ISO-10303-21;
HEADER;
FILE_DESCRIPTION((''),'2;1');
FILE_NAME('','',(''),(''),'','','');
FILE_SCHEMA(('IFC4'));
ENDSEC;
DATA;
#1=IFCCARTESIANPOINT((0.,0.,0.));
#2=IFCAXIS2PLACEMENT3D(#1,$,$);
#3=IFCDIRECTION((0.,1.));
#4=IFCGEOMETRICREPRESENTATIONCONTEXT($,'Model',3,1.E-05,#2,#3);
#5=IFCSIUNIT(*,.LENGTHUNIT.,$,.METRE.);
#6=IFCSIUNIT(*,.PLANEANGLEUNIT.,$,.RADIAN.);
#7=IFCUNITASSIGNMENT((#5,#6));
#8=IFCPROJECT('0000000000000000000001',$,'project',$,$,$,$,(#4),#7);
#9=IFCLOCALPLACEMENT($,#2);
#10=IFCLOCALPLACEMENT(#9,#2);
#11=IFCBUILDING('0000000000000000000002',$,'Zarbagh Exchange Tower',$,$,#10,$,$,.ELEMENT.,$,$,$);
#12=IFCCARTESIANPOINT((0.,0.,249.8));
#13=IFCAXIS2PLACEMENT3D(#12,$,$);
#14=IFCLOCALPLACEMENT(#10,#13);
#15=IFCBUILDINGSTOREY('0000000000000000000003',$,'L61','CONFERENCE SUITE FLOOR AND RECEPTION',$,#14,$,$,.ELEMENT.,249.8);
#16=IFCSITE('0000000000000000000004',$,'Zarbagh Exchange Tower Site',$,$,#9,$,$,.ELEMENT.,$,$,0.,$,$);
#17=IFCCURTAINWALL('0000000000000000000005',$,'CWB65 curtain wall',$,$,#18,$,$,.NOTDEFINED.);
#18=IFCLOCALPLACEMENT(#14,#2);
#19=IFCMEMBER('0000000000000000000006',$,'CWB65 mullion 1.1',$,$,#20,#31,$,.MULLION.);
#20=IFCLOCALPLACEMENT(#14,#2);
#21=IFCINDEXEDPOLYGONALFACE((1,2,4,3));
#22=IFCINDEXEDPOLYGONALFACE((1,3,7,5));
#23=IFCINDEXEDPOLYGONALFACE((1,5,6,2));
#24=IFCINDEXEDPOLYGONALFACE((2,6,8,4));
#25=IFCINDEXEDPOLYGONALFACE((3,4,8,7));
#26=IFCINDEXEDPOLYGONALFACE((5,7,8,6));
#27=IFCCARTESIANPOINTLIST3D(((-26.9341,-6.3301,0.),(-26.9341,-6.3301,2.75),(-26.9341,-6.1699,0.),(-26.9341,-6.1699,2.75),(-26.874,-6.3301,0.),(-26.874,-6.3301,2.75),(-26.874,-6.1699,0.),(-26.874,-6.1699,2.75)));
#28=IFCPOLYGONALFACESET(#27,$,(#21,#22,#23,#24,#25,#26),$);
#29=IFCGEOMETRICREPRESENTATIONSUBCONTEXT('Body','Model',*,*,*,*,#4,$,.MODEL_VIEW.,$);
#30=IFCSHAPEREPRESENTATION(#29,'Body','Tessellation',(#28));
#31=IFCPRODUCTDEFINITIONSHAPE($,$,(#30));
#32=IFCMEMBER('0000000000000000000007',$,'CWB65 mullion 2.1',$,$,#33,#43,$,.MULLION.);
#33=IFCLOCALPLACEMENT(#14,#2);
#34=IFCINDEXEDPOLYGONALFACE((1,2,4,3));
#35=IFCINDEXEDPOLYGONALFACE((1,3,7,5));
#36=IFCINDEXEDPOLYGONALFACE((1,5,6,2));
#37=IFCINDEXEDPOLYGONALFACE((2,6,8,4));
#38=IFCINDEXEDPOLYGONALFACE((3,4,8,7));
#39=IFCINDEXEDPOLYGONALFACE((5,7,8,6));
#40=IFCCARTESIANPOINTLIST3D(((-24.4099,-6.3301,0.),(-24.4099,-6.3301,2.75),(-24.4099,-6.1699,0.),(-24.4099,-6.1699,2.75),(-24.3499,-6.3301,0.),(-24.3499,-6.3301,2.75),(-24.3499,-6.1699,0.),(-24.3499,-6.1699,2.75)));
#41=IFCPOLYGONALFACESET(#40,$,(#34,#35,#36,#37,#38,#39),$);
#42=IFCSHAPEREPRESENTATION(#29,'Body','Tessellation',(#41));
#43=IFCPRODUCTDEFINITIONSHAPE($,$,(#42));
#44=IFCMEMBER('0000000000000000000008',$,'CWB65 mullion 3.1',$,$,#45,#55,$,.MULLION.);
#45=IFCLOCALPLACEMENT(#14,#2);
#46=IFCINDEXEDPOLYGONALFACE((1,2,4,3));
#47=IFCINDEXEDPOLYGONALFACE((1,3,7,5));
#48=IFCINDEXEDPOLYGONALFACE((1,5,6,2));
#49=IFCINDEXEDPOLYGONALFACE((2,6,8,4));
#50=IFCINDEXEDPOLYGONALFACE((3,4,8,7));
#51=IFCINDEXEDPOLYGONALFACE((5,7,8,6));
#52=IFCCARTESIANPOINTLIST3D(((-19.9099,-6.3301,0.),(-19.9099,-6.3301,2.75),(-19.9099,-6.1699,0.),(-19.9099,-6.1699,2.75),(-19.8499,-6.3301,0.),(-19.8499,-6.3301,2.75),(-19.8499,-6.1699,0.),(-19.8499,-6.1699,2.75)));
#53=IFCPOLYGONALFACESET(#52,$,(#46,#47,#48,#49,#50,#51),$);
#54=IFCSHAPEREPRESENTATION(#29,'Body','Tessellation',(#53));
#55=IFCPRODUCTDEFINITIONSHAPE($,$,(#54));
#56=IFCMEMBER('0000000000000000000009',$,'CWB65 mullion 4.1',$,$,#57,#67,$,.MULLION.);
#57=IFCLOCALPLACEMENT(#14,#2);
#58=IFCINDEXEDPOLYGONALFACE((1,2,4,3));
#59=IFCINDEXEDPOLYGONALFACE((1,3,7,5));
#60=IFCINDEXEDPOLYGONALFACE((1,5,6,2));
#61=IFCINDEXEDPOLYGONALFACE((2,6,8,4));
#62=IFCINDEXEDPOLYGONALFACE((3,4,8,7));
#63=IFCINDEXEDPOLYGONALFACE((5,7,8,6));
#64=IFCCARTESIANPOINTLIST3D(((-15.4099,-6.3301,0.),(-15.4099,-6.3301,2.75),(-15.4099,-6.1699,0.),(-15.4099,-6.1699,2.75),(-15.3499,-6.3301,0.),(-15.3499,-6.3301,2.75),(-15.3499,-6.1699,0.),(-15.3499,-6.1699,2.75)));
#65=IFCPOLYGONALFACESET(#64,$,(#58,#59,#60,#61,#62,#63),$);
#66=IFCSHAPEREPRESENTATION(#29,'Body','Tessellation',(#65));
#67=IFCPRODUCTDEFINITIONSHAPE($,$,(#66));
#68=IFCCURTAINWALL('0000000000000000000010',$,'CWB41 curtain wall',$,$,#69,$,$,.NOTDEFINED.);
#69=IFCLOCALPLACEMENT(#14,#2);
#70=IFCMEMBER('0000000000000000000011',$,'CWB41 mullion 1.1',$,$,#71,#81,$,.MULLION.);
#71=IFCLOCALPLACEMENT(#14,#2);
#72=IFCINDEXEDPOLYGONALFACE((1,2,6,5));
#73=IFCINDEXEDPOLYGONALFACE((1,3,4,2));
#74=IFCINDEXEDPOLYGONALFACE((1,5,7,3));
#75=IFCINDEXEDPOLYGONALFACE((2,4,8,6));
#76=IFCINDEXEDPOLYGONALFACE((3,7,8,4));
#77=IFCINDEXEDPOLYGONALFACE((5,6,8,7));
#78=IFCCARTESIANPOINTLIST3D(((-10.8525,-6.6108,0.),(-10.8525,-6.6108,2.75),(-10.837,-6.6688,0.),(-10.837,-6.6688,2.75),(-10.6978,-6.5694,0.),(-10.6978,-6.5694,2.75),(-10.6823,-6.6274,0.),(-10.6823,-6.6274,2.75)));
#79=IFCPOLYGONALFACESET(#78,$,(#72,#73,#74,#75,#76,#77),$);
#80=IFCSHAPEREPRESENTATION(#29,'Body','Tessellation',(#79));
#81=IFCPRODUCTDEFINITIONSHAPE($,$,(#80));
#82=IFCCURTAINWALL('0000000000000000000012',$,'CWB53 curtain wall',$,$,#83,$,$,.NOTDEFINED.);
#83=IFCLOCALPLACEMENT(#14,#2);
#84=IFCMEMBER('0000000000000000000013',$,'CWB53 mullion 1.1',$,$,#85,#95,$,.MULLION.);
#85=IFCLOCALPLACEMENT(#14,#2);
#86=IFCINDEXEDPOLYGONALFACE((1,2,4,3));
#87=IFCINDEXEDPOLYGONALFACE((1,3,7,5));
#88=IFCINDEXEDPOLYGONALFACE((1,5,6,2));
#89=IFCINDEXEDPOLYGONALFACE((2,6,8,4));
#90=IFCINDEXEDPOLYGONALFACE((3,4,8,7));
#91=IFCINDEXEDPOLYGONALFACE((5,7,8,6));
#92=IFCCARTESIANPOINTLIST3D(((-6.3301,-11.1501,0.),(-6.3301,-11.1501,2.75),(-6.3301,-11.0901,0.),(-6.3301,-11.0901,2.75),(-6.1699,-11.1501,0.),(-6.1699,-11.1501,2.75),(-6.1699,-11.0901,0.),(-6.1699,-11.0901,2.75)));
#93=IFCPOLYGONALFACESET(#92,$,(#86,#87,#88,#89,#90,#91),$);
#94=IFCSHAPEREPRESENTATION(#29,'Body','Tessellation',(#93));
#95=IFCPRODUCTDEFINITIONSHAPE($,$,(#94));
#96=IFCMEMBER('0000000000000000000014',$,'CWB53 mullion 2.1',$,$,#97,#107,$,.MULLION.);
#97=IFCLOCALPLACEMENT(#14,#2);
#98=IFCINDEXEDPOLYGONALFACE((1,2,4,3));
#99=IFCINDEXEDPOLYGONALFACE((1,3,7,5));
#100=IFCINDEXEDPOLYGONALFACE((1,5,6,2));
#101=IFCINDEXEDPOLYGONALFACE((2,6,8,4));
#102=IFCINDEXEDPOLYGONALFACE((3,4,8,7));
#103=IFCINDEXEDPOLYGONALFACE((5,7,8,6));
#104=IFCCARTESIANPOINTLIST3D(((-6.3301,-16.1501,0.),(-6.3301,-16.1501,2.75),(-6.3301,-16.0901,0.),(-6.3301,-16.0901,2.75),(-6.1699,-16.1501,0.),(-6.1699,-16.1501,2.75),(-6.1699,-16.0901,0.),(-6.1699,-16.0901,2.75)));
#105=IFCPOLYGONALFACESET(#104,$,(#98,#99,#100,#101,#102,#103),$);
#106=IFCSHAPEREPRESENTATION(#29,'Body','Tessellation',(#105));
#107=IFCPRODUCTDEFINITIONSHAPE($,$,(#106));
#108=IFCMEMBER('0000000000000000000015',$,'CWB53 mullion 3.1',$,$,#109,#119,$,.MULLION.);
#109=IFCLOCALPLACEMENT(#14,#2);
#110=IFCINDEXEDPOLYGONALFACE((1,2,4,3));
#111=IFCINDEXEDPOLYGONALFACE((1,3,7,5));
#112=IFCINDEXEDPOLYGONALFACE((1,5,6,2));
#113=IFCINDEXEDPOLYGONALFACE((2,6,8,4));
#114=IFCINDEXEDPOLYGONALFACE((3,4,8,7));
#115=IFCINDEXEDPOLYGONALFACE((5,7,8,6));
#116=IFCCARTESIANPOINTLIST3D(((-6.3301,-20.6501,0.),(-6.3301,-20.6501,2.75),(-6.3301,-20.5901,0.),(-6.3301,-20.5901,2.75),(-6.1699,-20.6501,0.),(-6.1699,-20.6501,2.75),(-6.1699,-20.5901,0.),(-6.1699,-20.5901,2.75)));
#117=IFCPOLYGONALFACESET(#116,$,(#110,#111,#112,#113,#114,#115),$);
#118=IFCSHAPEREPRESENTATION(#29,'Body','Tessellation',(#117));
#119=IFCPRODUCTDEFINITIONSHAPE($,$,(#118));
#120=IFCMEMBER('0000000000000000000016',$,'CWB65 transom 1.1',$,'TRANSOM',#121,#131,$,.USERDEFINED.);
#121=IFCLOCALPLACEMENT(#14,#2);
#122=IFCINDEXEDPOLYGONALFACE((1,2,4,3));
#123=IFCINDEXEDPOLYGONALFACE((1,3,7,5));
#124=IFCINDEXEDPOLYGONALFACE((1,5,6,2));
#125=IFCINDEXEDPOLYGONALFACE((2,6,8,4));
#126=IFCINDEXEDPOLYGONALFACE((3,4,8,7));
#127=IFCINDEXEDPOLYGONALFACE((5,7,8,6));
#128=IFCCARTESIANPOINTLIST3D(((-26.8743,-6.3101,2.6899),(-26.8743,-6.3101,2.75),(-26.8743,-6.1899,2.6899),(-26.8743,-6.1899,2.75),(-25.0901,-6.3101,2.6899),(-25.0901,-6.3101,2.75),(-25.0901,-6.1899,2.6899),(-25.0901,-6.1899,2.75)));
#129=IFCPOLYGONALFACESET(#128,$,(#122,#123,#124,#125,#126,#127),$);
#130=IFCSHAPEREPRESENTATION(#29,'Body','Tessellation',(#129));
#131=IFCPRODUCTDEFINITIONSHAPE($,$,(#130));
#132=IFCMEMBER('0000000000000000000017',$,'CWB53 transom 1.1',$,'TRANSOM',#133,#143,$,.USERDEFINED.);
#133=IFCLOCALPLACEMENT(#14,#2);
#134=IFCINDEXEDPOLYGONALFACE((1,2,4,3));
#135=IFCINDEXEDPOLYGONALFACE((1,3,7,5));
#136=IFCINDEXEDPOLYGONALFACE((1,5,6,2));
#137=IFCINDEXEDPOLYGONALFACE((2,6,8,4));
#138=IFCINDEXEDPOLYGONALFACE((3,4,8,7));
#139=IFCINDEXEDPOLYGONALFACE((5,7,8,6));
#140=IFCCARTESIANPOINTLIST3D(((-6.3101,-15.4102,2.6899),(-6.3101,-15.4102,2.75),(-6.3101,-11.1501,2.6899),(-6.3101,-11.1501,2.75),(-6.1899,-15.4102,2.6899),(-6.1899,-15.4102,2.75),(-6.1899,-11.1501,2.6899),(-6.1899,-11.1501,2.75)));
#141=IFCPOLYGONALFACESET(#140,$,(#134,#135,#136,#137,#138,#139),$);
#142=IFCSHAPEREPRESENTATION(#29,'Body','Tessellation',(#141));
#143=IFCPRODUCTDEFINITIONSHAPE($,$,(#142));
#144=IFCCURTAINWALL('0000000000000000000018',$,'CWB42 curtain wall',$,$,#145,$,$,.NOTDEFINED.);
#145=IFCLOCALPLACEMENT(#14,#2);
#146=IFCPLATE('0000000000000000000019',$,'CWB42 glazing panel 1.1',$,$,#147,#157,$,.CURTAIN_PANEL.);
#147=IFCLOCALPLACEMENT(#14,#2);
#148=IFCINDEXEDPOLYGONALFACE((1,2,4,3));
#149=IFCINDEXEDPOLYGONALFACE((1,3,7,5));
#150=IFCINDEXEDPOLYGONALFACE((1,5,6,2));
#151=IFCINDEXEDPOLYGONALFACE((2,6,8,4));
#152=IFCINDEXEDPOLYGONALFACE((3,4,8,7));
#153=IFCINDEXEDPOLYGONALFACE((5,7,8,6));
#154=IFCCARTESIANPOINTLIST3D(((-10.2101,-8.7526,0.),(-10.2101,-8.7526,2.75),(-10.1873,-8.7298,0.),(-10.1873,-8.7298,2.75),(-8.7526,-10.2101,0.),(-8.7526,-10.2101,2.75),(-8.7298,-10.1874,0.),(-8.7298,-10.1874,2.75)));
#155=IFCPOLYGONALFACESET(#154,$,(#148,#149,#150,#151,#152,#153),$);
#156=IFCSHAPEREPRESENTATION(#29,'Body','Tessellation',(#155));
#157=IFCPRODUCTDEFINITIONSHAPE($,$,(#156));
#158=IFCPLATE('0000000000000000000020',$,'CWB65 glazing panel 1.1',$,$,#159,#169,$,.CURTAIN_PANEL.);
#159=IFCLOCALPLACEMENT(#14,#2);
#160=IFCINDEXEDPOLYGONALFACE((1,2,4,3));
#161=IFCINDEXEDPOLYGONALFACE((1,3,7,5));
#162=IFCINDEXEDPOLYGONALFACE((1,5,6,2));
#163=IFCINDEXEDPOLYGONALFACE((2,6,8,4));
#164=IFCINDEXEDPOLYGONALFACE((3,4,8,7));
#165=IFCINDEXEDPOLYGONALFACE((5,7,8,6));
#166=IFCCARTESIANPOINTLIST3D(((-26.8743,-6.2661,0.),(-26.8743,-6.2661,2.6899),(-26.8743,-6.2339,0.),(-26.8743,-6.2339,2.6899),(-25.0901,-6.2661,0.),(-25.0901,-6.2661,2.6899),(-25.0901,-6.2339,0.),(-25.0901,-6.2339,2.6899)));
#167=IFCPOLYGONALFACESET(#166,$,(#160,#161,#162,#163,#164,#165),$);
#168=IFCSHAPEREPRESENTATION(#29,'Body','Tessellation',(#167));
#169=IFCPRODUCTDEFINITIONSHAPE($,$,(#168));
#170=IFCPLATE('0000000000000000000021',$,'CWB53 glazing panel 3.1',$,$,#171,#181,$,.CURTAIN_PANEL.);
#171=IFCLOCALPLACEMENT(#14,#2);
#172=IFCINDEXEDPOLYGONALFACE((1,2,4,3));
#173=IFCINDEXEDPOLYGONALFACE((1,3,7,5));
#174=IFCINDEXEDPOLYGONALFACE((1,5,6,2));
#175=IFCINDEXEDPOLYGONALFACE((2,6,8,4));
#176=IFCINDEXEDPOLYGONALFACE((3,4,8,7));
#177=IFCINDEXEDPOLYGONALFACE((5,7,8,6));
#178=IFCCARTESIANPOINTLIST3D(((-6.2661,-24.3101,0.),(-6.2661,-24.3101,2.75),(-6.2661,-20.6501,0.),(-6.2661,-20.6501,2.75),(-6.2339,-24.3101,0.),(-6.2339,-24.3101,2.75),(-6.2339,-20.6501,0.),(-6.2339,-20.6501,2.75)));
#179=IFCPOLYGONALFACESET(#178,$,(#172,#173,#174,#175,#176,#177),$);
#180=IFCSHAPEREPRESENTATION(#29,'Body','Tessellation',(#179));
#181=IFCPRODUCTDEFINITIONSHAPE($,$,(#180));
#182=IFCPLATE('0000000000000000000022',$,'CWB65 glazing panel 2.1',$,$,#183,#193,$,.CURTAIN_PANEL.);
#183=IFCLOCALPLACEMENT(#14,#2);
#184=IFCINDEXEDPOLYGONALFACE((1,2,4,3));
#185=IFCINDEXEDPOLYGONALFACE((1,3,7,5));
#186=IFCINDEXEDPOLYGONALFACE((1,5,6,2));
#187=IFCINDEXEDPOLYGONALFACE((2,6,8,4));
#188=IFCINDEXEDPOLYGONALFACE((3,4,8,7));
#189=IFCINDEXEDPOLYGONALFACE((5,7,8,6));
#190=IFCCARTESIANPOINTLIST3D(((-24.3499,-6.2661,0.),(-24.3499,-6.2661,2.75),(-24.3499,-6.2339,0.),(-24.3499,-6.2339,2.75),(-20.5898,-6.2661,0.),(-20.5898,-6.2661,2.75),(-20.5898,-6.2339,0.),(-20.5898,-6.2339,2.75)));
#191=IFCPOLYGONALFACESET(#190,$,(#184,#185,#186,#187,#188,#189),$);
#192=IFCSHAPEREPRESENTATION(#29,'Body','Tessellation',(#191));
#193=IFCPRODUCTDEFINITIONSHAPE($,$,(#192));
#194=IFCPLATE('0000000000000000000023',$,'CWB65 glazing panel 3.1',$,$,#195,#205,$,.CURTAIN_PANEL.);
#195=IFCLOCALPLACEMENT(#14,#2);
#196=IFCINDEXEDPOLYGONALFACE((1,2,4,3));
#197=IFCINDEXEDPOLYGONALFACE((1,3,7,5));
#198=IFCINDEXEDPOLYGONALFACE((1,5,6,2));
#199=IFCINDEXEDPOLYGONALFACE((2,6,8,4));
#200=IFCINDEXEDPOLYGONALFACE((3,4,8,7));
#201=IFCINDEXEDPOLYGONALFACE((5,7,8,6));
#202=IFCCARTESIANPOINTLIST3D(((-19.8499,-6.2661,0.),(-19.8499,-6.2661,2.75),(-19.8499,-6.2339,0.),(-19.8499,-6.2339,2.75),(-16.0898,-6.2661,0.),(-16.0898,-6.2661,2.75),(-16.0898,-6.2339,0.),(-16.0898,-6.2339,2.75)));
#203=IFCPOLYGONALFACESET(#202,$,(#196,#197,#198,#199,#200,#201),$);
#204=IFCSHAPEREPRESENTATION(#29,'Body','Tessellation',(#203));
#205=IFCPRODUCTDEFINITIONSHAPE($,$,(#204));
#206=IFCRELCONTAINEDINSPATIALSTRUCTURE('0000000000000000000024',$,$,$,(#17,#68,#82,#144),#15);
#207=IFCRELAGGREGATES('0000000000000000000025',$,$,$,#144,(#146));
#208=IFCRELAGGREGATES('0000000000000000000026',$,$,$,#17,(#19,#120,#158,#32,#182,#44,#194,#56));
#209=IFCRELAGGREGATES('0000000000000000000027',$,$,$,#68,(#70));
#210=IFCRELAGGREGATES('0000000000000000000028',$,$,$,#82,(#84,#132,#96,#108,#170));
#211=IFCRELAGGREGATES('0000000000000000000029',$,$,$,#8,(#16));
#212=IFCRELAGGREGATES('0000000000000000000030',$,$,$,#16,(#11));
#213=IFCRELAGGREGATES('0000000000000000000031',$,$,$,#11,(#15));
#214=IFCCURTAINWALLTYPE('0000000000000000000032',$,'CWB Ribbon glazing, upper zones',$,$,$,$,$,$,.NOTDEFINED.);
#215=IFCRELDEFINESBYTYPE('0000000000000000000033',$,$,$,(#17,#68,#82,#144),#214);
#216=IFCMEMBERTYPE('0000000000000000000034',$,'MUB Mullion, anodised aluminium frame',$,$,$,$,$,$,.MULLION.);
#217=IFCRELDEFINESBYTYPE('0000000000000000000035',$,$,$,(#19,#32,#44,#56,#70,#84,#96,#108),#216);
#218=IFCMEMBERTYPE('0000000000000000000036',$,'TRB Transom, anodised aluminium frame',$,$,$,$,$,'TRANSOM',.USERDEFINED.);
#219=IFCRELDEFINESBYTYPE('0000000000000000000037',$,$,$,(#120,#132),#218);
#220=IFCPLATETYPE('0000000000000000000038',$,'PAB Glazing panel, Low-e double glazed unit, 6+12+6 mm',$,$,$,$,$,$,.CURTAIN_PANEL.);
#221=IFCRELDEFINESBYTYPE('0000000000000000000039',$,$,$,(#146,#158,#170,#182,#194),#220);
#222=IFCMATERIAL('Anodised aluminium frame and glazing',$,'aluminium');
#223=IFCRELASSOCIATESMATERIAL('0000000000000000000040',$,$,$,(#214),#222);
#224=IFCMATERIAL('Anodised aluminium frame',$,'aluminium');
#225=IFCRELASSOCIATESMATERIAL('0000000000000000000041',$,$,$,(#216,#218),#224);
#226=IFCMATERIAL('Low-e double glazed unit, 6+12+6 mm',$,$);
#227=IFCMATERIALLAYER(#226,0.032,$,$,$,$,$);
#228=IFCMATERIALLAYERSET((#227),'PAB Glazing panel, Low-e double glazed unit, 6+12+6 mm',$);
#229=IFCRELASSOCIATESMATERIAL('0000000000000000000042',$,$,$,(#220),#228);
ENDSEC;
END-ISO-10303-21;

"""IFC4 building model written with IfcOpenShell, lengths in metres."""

from ifc_helpers import new_model, si_unit, direction, frame, origin, place, context, subcontext, project, spatial, polyline, outline, extrude, source, transform, mapped, material, layer, layer_set, type_object, element, aggregate, save


model = new_model("IFC4")

# Units and contexts
model_context = context("Model", 3, precision=1e-05, world=origin(), true_north=direction((0.0, 1.0)))
body_context = subcontext(model_context, "Body", "Model", "MODEL_VIEW")
ifc_project = project(units=[si_unit("LENGTHUNIT", "METRE"), si_unit("PLANEANGLEUNIT", "RADIAN")], contexts=[model_context])

# Site, building, storey
site_placement = place(None, origin())
site = spatial("IfcSite", under=ifc_project, at=site_placement, Name="Zarbagh Exchange Tower Site", CompositionType="ELEMENT", RefElevation=0.0)
building_placement = place(site_placement, origin())
building = spatial("IfcBuilding", under=site, at=building_placement, Name="Zarbagh Exchange Tower", CompositionType="ELEMENT")
storey_placement = place(building_placement, frame((0.0, 0.0, 249.8)))
storey = spatial("IfcBuildingStorey", under=building, at=storey_placement, Name="L61", Description="CONFERENCE SUITE FLOOR AND RECEPTION", CompositionType="ELEMENT", Elevation=249.8)

# Curtain wall, members
ifc_material_1 = material(Name="Anodised aluminium frame and glazing", Category="aluminium")
curtain_wall_type = type_object("IfcCurtainWallType", Name="CWB Ribbon glazing, upper zones", PredefinedType="NOTDEFINED", material=ifc_material_1)
curtain_wall_1_placement = place(storey_placement, origin())
curtain_wall_1 = element("IfcCurtainWall", 1, at=curtain_wall_1_placement, inside=storey, type_object=curtain_wall_type, Name="CWB65 curtain wall", PredefinedType="NOTDEFINED")
ifc_material_2 = material(Name="Anodised aluminium frame", Category="aluminium")
member_type_1 = type_object("IfcMemberType", Name="MUB Mullion, anodised aluminium frame", PredefinedType="MULLION", material=ifc_material_2)
shared_shape_1 = source(origin(), body_context, "Body", "SweptSolid", [
    extrude(outline(polyline([(0.0, -0.0801), (0.0601, -0.0801), (0.0601, 0.0801), (0.0, 0.0801), (0.0, -0.0801)])), origin(), (0.0, 0.0, 1.0), 2.75),
])
placement = place(storey_placement, origin())
member_1 = element("IfcMember", 2, at=placement, type_object=member_type_1, Name="CWB65 mullion 1.1", PredefinedType="MULLION", context=body_context, shape_type="MappedRepresentation", body=[
    mapped(shared_shape_1, transform((-26.9341, -6.25, 0.0), x_axis=(1.0, 0.0, 0.0), y_axis=(0.0, 1.0, 0.0), z_axis=(0.0, 0.0, 1.0))),
])
member_2 = element("IfcMember", 3, at=placement, type_object=member_type_1, Name="CWB65 mullion 2.1", PredefinedType="MULLION", context=body_context, shape_type="MappedRepresentation", body=[
    mapped(shared_shape_1, transform((-24.4099, -6.25, 0.0), x_axis=(1.0, 0.0, 0.0), y_axis=(0.0, 1.0, 0.0), z_axis=(0.0, 0.0, 1.0))),
])
member_3 = element("IfcMember", 4, at=placement, type_object=member_type_1, Name="CWB65 mullion 3.1", PredefinedType="MULLION", context=body_context, shape_type="MappedRepresentation", body=[
    mapped(shared_shape_1, transform((-19.9099, -6.25, 0.0), x_axis=(1.0, 0.0, 0.0), y_axis=(0.0, 1.0, 0.0), z_axis=(0.0, 0.0, 1.0))),
])
member_4 = element("IfcMember", 5, at=placement, type_object=member_type_1, Name="CWB65 mullion 4.1", PredefinedType="MULLION", context=body_context, shape_type="MappedRepresentation", body=[
    mapped(shared_shape_1, transform((-15.4099, -6.25, 0.0), x_axis=(1.0, 0.0, 0.0), y_axis=(0.0, 1.0, 0.0), z_axis=(0.0, 0.0, 1.0))),
])

# Curtain wall, member
curtain_wall_2_placement = place(storey_placement, origin())
curtain_wall_2 = element("IfcCurtainWall", 6, at=curtain_wall_2_placement, inside=storey, type_object=curtain_wall_type, Name="CWB41 curtain wall", PredefinedType="NOTDEFINED")
member_5 = element("IfcMember", 7, at=placement, type_object=member_type_1, Name="CWB41 mullion 1.1", PredefinedType="MULLION", context=body_context, shape_type="MappedRepresentation", body=[
    mapped(shared_shape_1, transform((-10.7751, -6.5901, 0.0), x_axis=(0.258825, -0.965924, 0.0), y_axis=(0.965924, 0.258825, 0.0), z_axis=(0.0, 0.0, 1.0))),
])

# Curtain wall, members
curtain_wall_3_placement = place(storey_placement, origin())
curtain_wall_3 = element("IfcCurtainWall", 8, at=curtain_wall_3_placement, inside=storey, type_object=curtain_wall_type, Name="CWB53 curtain wall", PredefinedType="NOTDEFINED")
member_6 = element("IfcMember", 9, at=placement, type_object=member_type_1, Name="CWB53 mullion 1.1", PredefinedType="MULLION", context=body_context, shape_type="MappedRepresentation", body=[
    mapped(shared_shape_1, transform((-6.25, -11.0901, 0.0), x_axis=(0.0, -1.0, 0.0), y_axis=(1.0, 0.0, 0.0), z_axis=(0.0, 0.0, 1.0))),
])
member_7 = element("IfcMember", 10, at=placement, type_object=member_type_1, Name="CWB53 mullion 2.1", PredefinedType="MULLION", context=body_context, shape_type="MappedRepresentation", body=[
    mapped(shared_shape_1, transform((-6.25, -16.0901, 0.0), x_axis=(0.0, -1.0, 0.0), y_axis=(1.0, 0.0, 0.0), z_axis=(0.0, 0.0, 1.0))),
])
member_8 = element("IfcMember", 11, at=placement, type_object=member_type_1, Name="CWB53 mullion 3.1", PredefinedType="MULLION", context=body_context, shape_type="MappedRepresentation", body=[
    mapped(shared_shape_1, transform((-6.25, -20.5901, 0.0), x_axis=(0.0, -1.0, 0.0), y_axis=(1.0, 0.0, 0.0), z_axis=(0.0, 0.0, 1.0))),
])

# Members
member_type_2 = type_object("IfcMemberType", Name="TRB Transom, anodised aluminium frame", ElementType="TRANSOM", PredefinedType="USERDEFINED", material=ifc_material_2)
shared_shape_2 = source(origin(), body_context, "Body", "SweptSolid", [
    extrude(outline(polyline([(-0.0601, -0.0601), (0.0, -0.0601), (0.0, 0.0601), (-0.0601, 0.0601), (-0.0601, -0.0601)])), origin(), (0.0, 0.0, 1.0), 1.7842),
])
member_9 = element("IfcMember", 12, at=placement, type_object=member_type_2, Name="CWB65 transom 1.1", ObjectType="TRANSOM", PredefinedType="USERDEFINED", context=body_context, shape_type="MappedRepresentation", body=[
    mapped(shared_shape_2, transform((-26.8743, -6.25, 2.75), x_axis=(0.0, 0.0, 1.0), y_axis=(0.0, -1.0, 0.0), z_axis=(1.0, 0.0, 0.0))),
])
shared_shape_3 = source(origin(), body_context, "Body", "SweptSolid", [
    extrude(outline(polyline([(-0.0601, -0.0601), (0.0, -0.0601), (0.0, 0.0601), (-0.0601, 0.0601), (-0.0601, -0.0601)])), origin(), (0.0, 0.0, 1.0), 4.26),
])
member_10 = element("IfcMember", 13, at=placement, type_object=member_type_2, Name="CWB53 transom 1.1", ObjectType="TRANSOM", PredefinedType="USERDEFINED", context=body_context, shape_type="MappedRepresentation", body=[
    mapped(shared_shape_3, transform((-6.25, -11.1501, 2.75), x_axis=(0.0, 0.0, 1.0), y_axis=(-1.0, 0.0, 0.0), z_axis=(0.0, -1.0, 0.0))),
])

# Curtain wall, plate
curtain_wall_4_placement = place(storey_placement, origin())
curtain_wall_4 = element("IfcCurtainWall", 14, at=curtain_wall_4_placement, inside=storey, type_object=curtain_wall_type, Name="CWB42 curtain wall", PredefinedType="NOTDEFINED")
ifc_material_3 = material(Name="Low-e double glazed unit, 6+12+6 mm")
ifc_layer = layer(ifc_material_3, 0.032)
ifc_layer_set = layer_set([ifc_layer], Name="PAB Glazing panel, Low-e double glazed unit, 6+12+6 mm")
plate_type = type_object("IfcPlateType", Name="PAB Glazing panel, Low-e double glazed unit, 6+12+6 mm", PredefinedType="CURTAIN_PANEL", material=ifc_layer_set)
shared_shape_4 = source(origin(), body_context, "Body", "SweptSolid", [
    extrude(outline(polyline([(0.0, -0.0161), (2.0613, -0.0161), (2.0613, 0.0161), (0.0, 0.0161), (0.0, -0.0161)])), origin(), (0.0, 0.0, 1.0), 2.75),
])
plate_1 = element("IfcPlate", 15, at=placement, type_object=plate_type, Name="CWB42 glazing panel 1.1", PredefinedType="CURTAIN_PANEL", context=body_context, shape_type="MappedRepresentation", body=[
    mapped(shared_shape_4, transform((-10.1987, -8.7412, 0.0), x_axis=(0.707107, -0.707107, 0.0), y_axis=(0.707107, 0.707107, 0.0), z_axis=(0.0, 0.0, 1.0))),
])
aggregate(curtain_wall_4, [plate_1])

# Plates
shared_shape_5 = source(origin(), body_context, "Body", "SweptSolid", [
    extrude(outline(polyline([(0.0, -0.0161), (1.7842, -0.0161), (1.7842, 0.0161), (0.0, 0.0161), (0.0, -0.0161)])), origin(), (0.0, 0.0, 1.0), 2.6899),
])
plate_2 = element("IfcPlate", 16, at=placement, type_object=plate_type, Name="CWB65 glazing panel 1.1", PredefinedType="CURTAIN_PANEL", context=body_context, shape_type="MappedRepresentation", body=[
    mapped(shared_shape_5, transform((-26.8743, -6.25, 0.0), x_axis=(1.0, 0.0, 0.0), y_axis=(0.0, 1.0, 0.0), z_axis=(0.0, 0.0, 1.0))),
])
shared_shape_6 = source(origin(), body_context, "Body", "SweptSolid", [
    extrude(outline(polyline([(0.0, -0.0161), (3.6599, -0.0161), (3.6599, 0.0161), (0.0, 0.0161), (0.0, -0.0161)])), origin(), (0.0, 0.0, 1.0), 2.75),
])
plate_3 = element("IfcPlate", 17, at=placement, type_object=plate_type, Name="CWB53 glazing panel 3.1", PredefinedType="CURTAIN_PANEL", context=body_context, shape_type="MappedRepresentation", body=[
    mapped(shared_shape_6, transform((-6.25, -20.6501, 0.0), x_axis=(0.0, -1.0, 0.0), y_axis=(1.0, 0.0, 0.0), z_axis=(0.0, 0.0, 1.0))),
])
shared_shape_7 = source(origin(), body_context, "Body", "SweptSolid", [
    extrude(outline(polyline([(0.0, -0.0161), (3.76, -0.0161), (3.76, 0.0161), (0.0, 0.0161), (0.0, -0.0161)])), origin(), (0.0, 0.0, 1.0), 2.75),
])
plate_4 = element("IfcPlate", 18, at=placement, type_object=plate_type, Name="CWB65 glazing panel 2.1", PredefinedType="CURTAIN_PANEL", context=body_context, shape_type="MappedRepresentation", body=[
    mapped(shared_shape_7, transform((-24.3499, -6.25, 0.0), x_axis=(1.0, 0.0, 0.0), y_axis=(0.0, 1.0, 0.0), z_axis=(0.0, 0.0, 1.0))),
])
plate_5 = element("IfcPlate", 19, at=placement, type_object=plate_type, Name="CWB65 glazing panel 3.1", PredefinedType="CURTAIN_PANEL", context=body_context, shape_type="MappedRepresentation", body=[
    mapped(shared_shape_7, transform((-19.8499, -6.25, 0.0), x_axis=(1.0, 0.0, 0.0), y_axis=(0.0, 1.0, 0.0), z_axis=(0.0, 0.0, 1.0))),
])
aggregate(curtain_wall_1, [member_1, member_9, plate_2, member_2, plate_4, member_3, plate_5, member_4])
aggregate(curtain_wall_2, [member_5])

aggregate(curtain_wall_3, [member_6, member_10, member_7, member_8, plate_3])

save(model, "model.ifc")
